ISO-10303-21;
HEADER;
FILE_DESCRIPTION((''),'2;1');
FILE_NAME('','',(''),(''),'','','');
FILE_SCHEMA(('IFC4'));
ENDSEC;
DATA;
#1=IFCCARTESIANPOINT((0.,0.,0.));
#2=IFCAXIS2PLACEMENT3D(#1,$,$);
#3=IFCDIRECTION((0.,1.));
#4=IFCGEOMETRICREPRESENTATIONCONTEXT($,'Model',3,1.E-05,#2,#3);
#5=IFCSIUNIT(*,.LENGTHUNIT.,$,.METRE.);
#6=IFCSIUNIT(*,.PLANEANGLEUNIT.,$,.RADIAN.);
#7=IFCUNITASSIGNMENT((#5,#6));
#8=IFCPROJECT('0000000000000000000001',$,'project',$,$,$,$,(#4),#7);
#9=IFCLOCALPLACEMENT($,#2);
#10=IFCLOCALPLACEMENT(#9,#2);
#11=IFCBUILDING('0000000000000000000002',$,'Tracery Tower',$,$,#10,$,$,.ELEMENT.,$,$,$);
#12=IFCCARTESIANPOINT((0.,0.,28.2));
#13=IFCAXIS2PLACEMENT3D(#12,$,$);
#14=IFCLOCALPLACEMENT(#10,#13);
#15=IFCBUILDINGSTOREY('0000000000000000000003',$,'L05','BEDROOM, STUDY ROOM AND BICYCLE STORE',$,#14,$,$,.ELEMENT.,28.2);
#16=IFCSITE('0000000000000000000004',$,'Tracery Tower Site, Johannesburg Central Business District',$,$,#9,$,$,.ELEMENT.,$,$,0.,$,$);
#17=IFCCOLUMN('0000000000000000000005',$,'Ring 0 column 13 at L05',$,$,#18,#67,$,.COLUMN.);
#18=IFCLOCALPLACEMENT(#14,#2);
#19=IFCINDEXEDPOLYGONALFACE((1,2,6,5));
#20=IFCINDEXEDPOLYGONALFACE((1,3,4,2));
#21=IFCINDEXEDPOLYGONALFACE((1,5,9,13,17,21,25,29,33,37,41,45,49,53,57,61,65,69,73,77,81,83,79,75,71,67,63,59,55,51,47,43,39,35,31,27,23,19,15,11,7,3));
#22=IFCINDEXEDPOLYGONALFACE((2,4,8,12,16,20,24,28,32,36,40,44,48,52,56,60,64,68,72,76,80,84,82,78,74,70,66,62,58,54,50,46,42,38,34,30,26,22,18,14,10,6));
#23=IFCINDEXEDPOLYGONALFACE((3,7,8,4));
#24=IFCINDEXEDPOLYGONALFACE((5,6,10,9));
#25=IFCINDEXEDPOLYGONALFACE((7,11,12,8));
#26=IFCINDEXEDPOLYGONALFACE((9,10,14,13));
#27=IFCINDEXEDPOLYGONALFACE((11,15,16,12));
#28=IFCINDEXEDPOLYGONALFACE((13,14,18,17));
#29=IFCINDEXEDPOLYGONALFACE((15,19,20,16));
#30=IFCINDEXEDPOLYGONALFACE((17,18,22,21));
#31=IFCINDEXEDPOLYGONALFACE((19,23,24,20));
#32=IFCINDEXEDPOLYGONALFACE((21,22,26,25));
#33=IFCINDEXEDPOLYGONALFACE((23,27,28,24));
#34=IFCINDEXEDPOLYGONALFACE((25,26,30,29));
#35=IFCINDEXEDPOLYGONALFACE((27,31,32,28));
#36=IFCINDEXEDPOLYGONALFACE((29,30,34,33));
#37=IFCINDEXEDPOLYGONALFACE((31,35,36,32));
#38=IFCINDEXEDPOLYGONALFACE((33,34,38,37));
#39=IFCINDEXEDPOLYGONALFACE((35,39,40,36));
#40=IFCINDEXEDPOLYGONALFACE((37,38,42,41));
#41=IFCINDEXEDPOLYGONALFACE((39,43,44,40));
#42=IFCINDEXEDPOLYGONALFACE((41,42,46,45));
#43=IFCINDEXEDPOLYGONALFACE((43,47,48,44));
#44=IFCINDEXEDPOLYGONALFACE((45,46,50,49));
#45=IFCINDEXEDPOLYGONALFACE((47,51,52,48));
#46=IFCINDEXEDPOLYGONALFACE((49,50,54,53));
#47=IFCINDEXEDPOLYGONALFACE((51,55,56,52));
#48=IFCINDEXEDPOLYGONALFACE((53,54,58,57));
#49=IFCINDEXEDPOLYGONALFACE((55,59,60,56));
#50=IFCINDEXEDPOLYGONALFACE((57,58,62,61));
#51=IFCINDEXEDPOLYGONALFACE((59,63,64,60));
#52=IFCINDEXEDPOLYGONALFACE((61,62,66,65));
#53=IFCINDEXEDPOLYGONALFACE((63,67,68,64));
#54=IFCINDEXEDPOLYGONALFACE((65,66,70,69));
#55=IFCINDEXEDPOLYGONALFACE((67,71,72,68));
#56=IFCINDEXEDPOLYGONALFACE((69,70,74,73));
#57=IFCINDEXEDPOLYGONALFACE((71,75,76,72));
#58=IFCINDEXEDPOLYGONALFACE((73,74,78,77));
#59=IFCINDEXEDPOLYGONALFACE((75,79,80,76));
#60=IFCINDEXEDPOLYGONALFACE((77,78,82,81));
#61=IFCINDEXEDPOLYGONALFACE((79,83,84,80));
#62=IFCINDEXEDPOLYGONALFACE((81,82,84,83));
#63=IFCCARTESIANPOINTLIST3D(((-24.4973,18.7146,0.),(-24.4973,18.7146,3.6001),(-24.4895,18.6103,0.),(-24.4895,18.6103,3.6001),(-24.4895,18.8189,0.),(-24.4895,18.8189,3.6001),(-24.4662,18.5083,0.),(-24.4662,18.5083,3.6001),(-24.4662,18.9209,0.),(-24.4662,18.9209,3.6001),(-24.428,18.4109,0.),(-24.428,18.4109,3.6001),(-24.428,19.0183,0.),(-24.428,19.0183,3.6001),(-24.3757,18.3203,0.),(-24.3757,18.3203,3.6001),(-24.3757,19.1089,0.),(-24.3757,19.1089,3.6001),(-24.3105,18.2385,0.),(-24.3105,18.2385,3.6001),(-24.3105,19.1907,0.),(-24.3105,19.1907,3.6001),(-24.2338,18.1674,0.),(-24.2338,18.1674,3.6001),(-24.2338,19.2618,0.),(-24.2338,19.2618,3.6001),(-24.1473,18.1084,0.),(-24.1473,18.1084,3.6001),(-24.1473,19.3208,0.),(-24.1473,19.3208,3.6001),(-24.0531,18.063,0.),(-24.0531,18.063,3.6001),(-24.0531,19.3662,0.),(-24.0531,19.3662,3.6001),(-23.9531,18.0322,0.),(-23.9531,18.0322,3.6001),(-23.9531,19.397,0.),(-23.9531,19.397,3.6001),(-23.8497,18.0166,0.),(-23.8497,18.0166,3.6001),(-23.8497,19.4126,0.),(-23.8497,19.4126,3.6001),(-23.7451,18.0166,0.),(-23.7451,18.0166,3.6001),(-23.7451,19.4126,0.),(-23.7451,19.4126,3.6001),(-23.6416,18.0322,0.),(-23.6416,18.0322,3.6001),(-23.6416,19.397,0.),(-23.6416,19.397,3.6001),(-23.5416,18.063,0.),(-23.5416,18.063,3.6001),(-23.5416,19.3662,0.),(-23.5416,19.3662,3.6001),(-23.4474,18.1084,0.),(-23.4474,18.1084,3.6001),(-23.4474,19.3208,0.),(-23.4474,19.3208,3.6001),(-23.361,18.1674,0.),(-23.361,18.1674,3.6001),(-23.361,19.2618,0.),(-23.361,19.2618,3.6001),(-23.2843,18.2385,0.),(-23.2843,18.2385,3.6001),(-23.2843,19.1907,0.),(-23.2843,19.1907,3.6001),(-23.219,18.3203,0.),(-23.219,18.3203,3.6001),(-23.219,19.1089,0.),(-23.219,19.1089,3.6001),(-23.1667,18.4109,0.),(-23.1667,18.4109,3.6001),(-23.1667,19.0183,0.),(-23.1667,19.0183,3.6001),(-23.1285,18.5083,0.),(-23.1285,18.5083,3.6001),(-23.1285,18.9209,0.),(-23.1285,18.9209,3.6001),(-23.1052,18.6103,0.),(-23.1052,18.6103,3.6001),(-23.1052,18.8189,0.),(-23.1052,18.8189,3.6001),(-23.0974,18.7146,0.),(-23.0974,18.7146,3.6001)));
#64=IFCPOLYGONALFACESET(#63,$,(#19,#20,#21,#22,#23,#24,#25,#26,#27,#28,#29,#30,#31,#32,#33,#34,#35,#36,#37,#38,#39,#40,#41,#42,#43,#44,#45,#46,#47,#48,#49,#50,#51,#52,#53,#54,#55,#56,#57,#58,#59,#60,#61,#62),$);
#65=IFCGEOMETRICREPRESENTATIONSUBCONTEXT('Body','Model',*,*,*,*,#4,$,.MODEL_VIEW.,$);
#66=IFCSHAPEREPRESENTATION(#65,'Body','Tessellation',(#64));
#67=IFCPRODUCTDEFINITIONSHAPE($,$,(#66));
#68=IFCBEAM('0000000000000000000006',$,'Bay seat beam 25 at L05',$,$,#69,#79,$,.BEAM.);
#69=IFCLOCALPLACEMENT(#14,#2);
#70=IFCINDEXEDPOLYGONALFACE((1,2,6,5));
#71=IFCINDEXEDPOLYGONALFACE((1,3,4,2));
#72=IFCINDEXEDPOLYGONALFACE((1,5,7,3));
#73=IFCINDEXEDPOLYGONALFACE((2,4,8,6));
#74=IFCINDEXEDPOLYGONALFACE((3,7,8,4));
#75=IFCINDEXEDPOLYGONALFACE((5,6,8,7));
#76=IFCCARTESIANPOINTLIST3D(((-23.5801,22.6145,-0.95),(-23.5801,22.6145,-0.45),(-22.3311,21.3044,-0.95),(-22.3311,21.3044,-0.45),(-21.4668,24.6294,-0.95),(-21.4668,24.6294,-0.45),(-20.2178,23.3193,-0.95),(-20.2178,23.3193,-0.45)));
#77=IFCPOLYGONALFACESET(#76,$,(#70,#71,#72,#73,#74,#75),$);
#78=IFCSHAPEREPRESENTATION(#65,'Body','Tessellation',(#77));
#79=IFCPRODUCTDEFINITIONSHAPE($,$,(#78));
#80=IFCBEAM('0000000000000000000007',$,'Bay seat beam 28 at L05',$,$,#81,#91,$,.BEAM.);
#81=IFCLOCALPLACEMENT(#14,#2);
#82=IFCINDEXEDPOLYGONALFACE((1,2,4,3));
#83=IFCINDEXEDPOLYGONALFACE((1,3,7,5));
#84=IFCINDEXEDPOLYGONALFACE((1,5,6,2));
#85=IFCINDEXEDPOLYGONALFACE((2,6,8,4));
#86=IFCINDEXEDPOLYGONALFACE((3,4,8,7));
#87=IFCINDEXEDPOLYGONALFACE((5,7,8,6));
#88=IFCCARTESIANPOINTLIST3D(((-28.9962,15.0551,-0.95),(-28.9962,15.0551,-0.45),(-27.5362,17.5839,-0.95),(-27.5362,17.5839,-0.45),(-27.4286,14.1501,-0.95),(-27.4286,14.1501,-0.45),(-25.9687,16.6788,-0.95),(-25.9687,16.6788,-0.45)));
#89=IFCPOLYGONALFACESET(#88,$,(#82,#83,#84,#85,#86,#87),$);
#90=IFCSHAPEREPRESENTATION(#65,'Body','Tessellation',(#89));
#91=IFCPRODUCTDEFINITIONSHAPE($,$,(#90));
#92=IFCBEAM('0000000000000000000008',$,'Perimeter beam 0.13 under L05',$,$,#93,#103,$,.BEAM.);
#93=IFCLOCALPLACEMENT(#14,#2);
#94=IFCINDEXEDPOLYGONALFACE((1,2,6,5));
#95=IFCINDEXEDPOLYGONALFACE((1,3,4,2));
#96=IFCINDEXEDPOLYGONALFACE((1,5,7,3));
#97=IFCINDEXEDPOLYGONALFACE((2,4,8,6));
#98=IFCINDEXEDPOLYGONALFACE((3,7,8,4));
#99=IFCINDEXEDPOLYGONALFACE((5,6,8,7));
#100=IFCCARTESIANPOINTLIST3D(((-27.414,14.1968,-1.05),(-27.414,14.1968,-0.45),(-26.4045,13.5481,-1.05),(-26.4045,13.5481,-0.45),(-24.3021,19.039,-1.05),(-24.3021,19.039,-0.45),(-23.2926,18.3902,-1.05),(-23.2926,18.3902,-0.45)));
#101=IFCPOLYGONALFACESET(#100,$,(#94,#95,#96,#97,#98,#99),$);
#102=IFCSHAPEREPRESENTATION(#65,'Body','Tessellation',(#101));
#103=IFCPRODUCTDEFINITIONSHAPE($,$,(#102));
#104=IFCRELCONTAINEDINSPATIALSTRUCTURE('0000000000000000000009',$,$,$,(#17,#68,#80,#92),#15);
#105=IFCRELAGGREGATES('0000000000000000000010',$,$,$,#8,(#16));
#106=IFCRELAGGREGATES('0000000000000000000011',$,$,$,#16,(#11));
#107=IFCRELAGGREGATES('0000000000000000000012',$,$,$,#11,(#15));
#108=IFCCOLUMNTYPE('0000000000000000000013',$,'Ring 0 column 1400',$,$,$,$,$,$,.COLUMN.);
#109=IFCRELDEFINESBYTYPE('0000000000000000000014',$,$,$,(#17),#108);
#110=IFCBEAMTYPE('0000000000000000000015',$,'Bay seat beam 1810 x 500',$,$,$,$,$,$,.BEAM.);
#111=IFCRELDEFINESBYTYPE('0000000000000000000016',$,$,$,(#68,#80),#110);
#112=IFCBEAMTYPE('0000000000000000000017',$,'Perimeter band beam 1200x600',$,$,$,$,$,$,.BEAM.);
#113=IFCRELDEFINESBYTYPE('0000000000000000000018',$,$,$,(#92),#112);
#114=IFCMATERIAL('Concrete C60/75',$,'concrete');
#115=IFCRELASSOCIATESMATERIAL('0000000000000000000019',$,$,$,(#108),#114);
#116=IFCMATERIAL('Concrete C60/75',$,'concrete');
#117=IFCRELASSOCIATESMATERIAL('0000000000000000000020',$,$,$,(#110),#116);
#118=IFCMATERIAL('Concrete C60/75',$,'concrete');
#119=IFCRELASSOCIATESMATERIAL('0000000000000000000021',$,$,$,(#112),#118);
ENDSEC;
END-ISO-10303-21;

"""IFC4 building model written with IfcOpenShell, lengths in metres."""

from ifc_helpers import new_model, si_unit, direction, frame, origin, origin_2d, place, context, subcontext, project, spatial, rectangle, circle, extrude, material, material_profile, profile_set, type_object, element, save


model = new_model("IFC4")

# Units and contexts
model_context = context("Model", 3, precision=1e-05, world=origin(), true_north=direction((0.0, 1.0)))
body_context = subcontext(model_context, "Body", "Model", "MODEL_VIEW")
ifc_project = project(units=[si_unit("LENGTHUNIT", "METRE"), si_unit("PLANEANGLEUNIT", "RADIAN")], contexts=[model_context])

# Site, building, storey
site_placement = place(None, origin())
site = spatial("IfcSite", under=ifc_project, at=site_placement, Name="Tracery Tower Site, Johannesburg Central Business District", CompositionType="ELEMENT", RefElevation=0.0)
building_placement = place(site_placement, origin())
building = spatial("IfcBuilding", under=site, at=building_placement, Name="Tracery Tower", CompositionType="ELEMENT")
storey_placement = place(building_placement, frame((0.0, 0.0, 28.2)))
storey = spatial("IfcBuildingStorey", under=building, at=storey_placement, Name="L05", Description="BEDROOM, STUDY ROOM AND BICYCLE STORE", CompositionType="ELEMENT", Elevation=28.2)

# Column
ifc_material_1 = material(Name="Concrete C60/75", Category="concrete")
ifc_material_profile_1 = material_profile(ifc_material_1, circle(Radius=0.7, at=origin_2d()), Name="RC D1400")
ifc_profile_set_1 = profile_set([ifc_material_profile_1], Name="Concrete C60/75")
column_type = type_object("IfcColumnType", Name="Ring 0 column 1400", PredefinedType="COLUMN", material=ifc_profile_set_1)
column_placement = place(storey_placement, frame((-23.7974, 18.7146, 0.0), z_axis=(0.0, 0.0, 1.0), x_axis=(1.0, 0.0, 0.0)))
element("IfcColumn", 1, at=column_placement, inside=storey, type_object=column_type, Name="Ring 0 column 13 at L05", PredefinedType="COLUMN", context=body_context, shape_type="SweptSolid", body=[
    extrude(circle(Radius=0.7, at=origin_2d()), origin(), (0.0, 0.0, 1.0), 3.6001),
])

# Beams
ifc_material_2 = material(Name="Concrete C60/75", Category="concrete")
ifc_material_profile_2 = material_profile(ifc_material_2, rectangle(XDim=1.8101, YDim=0.5, at=origin_2d()), Name="RC 1810x500")
ifc_profile_set_2 = profile_set([ifc_material_profile_2], Name="Concrete C60/75")
beam_type_1 = type_object("IfcBeamType", Name="Bay seat beam 1810 x 500", PredefinedType="BEAM", material=ifc_profile_set_2)
for number, where, z_axis, x_axis, name in (
    (2, (-20.8423, 23.9744, -0.7), (-0.723754, -0.690058, 0.0), (0.690058, -0.723754, 0.0), "Bay seat beam 25 at L05"),
    (3, (-26.7524, 17.1313, -0.7), (-0.499988, -0.866032, 0.0), (0.866032, -0.499988, 0.0), "Bay seat beam 28 at L05"),
):
    element("IfcBeam", number, at=place(storey_placement, frame(where, z_axis=z_axis, x_axis=x_axis)), inside=storey, type_object=beam_type_1, Name=name, PredefinedType="BEAM", context=body_context, shape_type="SweptSolid", body=[
        extrude(rectangle(XDim=1.8101, YDim=0.5, at=origin_2d()), origin(), (0.0, 0.0, 1.0), 2.9199),
    ])
ifc_material_3 = material(Name="Concrete C60/75", Category="concrete")
ifc_material_profile_3 = material_profile(ifc_material_3, rectangle(XDim=1.2, YDim=0.6001, at=origin_2d()), Name="RC 1200x600")
ifc_profile_set_3 = profile_set([ifc_material_profile_3], Name="Concrete C60/75")
beam_type_2 = type_object("IfcBeamType", Name="Perimeter band beam 1200x600", PredefinedType="BEAM", material=ifc_profile_set_3)
beam_placement = place(storey_placement, frame((-23.7974, 18.7146, -0.75), z_axis=(-0.540644, -0.841252, 0.0), x_axis=(0.841252, -0.540644, 0.0)))
element("IfcBeam", 4, at=beam_placement, inside=storey, type_object=beam_type_2, Name="Perimeter beam 0.13 under L05", PredefinedType="BEAM", context=body_context, shape_type="SweptSolid", body=[
    extrude(rectangle(XDim=1.2, YDim=0.6001, at=origin_2d()), origin(), (0.0, 0.0, 1.0), 5.7559),
])

save(model, "model.ifc")
